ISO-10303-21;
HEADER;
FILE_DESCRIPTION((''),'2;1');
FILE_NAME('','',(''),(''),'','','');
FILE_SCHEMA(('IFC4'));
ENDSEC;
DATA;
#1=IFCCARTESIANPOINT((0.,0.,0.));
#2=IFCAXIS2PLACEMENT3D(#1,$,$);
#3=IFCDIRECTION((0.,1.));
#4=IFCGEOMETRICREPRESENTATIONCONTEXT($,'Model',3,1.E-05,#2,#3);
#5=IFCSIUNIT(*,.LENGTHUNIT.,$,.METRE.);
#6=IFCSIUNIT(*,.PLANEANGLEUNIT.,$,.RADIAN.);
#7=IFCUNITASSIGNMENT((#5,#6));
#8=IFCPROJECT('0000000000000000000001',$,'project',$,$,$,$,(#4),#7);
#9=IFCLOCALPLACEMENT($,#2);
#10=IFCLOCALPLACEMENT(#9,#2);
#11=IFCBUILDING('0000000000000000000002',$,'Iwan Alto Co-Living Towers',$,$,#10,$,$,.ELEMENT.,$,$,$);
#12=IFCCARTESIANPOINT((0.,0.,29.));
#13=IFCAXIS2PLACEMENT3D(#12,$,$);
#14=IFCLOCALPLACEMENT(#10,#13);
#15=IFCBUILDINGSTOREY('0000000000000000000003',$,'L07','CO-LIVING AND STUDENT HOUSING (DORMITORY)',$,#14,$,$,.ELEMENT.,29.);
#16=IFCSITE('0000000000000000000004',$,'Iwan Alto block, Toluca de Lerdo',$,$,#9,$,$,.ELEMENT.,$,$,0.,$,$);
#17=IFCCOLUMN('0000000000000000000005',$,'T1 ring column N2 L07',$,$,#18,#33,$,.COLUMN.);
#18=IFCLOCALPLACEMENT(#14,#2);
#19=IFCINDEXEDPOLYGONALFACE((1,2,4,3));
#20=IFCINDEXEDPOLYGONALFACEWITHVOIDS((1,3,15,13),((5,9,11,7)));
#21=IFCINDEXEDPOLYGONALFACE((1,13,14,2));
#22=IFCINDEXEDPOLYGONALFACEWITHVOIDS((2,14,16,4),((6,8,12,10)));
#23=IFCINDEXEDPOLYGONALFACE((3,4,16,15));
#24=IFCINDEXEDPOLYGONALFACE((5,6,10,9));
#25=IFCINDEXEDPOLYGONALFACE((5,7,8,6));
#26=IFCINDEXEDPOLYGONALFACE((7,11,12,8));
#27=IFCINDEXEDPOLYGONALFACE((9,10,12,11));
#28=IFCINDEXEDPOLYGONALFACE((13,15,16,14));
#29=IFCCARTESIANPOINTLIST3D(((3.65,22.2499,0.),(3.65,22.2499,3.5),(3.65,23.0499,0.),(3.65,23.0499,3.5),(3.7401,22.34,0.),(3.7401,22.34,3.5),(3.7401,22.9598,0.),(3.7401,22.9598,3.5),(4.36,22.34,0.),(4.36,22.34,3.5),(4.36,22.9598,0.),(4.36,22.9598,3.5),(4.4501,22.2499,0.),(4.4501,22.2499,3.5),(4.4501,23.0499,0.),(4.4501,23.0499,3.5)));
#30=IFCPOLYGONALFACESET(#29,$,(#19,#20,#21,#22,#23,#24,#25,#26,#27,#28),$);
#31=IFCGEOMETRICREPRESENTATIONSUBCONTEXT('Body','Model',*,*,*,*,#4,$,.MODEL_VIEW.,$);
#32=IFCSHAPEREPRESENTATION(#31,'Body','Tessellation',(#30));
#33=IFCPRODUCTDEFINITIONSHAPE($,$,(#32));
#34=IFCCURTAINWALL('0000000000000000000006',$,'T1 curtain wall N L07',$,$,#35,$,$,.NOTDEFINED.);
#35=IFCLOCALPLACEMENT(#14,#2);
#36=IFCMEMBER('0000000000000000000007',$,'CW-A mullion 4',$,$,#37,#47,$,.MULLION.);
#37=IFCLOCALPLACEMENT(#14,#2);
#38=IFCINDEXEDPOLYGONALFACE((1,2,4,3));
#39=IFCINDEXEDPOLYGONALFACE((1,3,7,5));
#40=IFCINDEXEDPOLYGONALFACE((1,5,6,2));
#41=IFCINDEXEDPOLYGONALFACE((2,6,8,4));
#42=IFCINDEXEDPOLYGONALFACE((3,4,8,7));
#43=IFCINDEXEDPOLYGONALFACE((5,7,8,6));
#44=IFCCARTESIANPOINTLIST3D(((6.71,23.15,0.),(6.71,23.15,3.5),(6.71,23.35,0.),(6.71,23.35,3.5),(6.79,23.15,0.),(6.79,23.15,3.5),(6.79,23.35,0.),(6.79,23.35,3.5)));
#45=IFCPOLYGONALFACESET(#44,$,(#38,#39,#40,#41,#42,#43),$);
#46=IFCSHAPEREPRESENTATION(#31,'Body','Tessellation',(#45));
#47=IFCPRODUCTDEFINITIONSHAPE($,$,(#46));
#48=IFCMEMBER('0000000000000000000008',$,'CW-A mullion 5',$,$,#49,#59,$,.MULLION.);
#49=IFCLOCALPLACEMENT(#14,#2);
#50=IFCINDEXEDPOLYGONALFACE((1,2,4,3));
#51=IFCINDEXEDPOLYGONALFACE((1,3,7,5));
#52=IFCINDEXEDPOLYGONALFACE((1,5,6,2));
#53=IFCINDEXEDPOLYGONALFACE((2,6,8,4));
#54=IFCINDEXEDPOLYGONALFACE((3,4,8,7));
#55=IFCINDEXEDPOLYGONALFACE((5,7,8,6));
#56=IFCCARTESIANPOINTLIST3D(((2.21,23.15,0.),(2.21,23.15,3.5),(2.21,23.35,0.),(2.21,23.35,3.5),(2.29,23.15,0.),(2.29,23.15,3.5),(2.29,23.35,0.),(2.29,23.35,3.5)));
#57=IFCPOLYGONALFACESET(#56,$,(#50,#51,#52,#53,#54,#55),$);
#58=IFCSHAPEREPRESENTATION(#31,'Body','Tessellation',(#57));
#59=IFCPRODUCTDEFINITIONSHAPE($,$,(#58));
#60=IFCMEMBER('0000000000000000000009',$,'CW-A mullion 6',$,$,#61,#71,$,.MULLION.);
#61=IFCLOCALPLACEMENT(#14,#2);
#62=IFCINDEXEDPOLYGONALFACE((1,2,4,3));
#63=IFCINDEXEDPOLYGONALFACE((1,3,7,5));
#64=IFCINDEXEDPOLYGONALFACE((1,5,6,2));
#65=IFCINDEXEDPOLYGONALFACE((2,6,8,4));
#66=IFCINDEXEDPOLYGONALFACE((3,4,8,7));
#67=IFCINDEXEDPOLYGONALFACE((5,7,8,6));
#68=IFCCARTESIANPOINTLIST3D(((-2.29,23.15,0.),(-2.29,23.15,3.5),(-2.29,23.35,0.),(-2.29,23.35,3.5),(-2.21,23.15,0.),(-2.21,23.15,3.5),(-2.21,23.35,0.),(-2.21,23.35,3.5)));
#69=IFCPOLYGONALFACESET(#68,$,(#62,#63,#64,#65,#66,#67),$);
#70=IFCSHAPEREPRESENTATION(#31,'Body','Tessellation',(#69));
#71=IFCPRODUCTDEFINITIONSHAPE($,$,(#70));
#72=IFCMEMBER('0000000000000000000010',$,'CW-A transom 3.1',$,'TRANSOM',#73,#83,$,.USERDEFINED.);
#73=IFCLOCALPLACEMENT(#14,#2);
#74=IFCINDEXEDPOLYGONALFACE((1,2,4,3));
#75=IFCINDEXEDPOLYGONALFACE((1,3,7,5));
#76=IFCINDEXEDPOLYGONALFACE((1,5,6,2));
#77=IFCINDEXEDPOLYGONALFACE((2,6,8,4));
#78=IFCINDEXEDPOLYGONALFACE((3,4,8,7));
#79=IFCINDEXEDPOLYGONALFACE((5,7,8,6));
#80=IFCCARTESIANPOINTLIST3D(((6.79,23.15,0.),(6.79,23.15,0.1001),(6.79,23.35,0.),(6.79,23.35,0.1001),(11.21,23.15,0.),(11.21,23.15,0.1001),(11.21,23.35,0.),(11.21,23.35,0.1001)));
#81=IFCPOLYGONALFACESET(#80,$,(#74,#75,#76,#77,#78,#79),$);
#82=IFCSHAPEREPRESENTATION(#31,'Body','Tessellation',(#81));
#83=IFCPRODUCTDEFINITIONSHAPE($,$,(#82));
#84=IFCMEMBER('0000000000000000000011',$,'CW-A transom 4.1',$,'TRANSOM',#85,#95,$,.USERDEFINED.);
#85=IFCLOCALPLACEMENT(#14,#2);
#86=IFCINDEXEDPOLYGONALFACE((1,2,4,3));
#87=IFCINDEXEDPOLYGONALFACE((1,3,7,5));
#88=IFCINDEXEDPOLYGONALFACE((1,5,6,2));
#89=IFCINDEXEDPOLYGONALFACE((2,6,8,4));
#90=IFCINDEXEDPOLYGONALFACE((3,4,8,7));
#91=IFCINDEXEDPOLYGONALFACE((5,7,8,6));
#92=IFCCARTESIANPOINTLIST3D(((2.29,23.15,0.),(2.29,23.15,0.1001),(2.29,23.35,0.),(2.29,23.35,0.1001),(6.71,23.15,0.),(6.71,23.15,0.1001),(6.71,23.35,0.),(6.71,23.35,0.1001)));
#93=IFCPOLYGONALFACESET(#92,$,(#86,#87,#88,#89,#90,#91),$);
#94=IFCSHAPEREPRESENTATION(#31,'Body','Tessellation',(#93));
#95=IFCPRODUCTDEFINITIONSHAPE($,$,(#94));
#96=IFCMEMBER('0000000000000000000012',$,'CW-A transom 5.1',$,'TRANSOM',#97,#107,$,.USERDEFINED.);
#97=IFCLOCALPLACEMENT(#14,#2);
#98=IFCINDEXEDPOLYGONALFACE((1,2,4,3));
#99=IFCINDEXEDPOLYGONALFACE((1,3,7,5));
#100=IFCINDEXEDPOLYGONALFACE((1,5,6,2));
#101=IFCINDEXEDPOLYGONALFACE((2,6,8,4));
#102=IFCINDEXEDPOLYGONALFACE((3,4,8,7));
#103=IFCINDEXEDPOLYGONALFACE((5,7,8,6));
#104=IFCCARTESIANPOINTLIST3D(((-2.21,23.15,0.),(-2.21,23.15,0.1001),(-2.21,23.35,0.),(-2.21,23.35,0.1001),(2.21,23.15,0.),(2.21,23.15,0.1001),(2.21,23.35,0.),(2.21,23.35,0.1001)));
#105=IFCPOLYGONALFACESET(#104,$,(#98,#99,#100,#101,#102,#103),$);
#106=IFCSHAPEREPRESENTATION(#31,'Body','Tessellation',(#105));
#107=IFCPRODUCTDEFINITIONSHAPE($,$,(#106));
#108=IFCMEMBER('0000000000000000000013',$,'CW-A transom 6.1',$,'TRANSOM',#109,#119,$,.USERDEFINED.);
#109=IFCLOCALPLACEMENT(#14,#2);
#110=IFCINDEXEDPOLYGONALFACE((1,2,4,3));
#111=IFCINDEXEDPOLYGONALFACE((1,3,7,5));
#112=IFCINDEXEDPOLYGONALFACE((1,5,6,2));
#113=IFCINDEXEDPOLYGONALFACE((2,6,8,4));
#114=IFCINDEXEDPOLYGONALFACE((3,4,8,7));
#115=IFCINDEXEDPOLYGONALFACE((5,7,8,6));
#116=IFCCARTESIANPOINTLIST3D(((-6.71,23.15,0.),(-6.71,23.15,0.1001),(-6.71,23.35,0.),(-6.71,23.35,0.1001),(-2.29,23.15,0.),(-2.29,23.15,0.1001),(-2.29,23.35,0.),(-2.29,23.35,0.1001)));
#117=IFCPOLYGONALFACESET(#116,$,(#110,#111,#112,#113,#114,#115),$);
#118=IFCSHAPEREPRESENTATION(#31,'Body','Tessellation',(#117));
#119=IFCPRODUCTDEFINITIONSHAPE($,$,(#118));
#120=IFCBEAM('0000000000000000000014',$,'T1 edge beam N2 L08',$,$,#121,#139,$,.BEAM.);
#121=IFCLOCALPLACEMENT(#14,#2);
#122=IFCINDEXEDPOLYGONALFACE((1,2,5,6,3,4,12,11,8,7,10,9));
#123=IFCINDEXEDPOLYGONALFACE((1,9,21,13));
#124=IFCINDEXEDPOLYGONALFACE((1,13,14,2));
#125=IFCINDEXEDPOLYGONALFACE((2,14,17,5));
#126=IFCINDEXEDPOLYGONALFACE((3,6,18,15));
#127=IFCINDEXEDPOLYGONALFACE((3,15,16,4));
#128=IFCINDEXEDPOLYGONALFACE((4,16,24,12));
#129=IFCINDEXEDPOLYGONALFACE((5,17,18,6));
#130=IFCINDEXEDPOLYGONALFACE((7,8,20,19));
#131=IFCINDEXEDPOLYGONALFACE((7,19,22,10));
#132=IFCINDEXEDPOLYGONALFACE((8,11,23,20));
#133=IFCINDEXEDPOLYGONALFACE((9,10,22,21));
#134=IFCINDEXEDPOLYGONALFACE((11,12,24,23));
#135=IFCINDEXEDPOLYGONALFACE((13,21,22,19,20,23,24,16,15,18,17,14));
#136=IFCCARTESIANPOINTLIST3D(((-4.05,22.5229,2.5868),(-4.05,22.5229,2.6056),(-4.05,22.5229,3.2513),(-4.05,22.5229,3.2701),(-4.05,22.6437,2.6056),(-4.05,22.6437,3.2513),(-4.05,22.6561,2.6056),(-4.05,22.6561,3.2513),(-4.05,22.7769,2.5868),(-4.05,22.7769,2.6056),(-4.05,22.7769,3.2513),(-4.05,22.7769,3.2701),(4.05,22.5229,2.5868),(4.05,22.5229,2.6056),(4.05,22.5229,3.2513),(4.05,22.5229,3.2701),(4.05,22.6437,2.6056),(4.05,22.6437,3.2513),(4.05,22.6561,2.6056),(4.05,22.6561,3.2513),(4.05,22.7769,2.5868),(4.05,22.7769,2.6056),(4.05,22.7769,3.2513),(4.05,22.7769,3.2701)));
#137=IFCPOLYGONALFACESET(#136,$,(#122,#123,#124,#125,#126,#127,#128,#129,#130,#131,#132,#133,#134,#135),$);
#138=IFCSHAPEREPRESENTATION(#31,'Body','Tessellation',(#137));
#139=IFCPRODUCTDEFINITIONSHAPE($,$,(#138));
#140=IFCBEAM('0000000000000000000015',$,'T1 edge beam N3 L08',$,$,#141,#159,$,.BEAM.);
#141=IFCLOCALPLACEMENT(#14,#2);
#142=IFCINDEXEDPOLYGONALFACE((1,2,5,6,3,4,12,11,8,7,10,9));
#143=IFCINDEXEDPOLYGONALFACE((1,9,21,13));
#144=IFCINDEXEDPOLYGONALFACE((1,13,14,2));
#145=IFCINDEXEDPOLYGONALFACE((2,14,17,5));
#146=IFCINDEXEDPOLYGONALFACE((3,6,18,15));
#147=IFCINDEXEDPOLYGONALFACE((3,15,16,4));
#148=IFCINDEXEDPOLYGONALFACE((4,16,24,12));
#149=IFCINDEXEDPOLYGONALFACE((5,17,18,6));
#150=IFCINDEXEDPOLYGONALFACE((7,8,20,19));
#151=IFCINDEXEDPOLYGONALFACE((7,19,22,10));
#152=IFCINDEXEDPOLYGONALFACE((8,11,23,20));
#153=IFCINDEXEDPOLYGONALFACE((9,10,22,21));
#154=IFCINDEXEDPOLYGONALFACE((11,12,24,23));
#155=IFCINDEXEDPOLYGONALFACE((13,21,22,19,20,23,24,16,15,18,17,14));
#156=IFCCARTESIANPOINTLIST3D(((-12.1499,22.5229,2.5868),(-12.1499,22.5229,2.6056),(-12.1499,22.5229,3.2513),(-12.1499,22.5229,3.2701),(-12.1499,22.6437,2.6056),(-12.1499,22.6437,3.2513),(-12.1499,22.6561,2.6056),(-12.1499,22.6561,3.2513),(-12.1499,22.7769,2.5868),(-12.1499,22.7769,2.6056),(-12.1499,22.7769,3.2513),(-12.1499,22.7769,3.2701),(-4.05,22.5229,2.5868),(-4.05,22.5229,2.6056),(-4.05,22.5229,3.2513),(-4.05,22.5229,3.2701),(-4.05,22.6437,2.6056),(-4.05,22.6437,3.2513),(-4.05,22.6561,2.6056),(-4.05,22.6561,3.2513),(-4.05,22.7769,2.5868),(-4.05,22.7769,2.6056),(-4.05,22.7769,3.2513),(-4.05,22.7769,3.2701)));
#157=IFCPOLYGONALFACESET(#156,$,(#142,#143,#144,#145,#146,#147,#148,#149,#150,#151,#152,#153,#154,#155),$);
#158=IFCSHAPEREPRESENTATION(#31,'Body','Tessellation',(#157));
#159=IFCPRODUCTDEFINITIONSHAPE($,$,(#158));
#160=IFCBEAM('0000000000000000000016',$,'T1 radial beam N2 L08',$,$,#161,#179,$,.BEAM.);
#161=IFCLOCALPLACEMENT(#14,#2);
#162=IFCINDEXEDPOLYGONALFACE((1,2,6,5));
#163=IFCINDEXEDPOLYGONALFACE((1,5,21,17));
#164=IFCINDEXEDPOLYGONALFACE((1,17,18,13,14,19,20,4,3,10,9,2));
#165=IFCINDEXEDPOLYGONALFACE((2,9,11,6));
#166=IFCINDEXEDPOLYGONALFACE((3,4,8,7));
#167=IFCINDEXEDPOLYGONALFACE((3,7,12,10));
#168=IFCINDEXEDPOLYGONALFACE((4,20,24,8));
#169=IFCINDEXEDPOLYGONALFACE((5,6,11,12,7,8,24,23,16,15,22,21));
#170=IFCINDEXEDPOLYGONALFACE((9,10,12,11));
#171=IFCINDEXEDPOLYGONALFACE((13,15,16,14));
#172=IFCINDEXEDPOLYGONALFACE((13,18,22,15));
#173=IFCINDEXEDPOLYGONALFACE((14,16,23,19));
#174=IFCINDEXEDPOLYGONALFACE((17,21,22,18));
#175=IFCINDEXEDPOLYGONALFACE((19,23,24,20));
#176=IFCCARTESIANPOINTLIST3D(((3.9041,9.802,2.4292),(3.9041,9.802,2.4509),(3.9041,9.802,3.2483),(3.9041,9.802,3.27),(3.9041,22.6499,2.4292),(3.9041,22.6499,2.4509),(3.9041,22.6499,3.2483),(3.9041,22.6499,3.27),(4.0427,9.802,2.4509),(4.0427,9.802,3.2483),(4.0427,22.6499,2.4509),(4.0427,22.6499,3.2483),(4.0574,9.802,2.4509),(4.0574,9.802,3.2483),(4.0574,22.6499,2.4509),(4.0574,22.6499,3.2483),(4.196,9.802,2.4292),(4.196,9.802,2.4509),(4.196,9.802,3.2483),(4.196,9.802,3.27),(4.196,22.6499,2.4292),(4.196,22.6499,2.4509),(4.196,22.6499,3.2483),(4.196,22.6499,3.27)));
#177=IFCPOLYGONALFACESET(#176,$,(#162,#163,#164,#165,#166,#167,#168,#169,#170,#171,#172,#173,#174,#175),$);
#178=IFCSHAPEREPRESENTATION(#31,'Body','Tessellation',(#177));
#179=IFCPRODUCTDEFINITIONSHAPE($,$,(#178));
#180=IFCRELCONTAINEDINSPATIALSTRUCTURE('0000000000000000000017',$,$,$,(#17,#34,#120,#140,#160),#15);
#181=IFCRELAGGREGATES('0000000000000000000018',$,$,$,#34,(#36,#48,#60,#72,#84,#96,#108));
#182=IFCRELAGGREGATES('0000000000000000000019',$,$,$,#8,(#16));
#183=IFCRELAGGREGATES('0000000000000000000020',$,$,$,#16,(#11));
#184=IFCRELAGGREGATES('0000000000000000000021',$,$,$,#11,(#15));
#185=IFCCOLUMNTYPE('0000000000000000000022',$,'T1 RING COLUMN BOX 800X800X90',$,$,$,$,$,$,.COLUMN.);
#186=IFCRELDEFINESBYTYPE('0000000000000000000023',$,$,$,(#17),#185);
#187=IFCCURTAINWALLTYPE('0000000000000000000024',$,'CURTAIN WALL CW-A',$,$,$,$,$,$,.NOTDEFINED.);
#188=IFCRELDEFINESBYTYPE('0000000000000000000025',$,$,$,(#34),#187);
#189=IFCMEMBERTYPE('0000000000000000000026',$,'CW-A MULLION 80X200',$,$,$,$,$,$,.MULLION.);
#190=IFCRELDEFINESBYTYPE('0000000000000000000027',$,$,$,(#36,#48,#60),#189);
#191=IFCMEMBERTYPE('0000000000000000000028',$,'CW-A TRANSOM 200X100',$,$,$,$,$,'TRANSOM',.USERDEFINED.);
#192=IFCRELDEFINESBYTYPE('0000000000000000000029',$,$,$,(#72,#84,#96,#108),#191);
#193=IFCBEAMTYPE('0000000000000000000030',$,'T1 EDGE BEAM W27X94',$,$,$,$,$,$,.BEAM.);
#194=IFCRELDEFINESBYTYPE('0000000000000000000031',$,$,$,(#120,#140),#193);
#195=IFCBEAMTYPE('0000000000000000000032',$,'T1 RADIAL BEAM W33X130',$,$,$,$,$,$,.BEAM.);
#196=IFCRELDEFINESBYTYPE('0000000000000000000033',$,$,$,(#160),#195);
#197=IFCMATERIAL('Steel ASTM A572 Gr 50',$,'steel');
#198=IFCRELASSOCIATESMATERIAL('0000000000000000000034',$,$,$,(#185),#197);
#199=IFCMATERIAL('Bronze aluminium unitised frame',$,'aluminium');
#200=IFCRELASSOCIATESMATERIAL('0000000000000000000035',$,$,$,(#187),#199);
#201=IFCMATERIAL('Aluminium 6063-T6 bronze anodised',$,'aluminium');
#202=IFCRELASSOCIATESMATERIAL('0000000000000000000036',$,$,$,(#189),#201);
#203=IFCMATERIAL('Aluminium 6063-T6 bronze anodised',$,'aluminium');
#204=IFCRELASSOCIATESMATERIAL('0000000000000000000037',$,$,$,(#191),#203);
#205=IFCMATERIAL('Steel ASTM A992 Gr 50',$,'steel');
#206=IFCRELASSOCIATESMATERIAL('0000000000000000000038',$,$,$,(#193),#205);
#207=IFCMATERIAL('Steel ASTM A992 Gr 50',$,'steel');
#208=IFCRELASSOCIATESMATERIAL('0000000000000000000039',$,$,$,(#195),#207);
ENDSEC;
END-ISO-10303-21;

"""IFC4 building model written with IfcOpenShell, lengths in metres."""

from ifc_helpers import new_model, si_unit, direction, frame, origin, origin_2d, place, context, subcontext, project, spatial, rectangle, hollow_rectangle, i_section, extrude, material, material_profile, profile_set, type_object, element, aggregate, save


model = new_model("IFC4")

# Units and contexts
model_context = context("Model", 3, precision=1e-05, world=origin(), true_north=direction((0.0, 1.0)))
body_context = subcontext(model_context, "Body", "Model", "MODEL_VIEW")
ifc_project = project(units=[si_unit("LENGTHUNIT", "METRE"), si_unit("PLANEANGLEUNIT", "RADIAN")], contexts=[model_context])

# Site, building, storey
site_placement = place(None, origin())
site = spatial("IfcSite", under=ifc_project, at=site_placement, Name="Iwan Alto block, Toluca de Lerdo", CompositionType="ELEMENT", RefElevation=0.0)
building_placement = place(site_placement, origin())
building = spatial("IfcBuilding", under=site, at=building_placement, Name="Iwan Alto Co-Living Towers", CompositionType="ELEMENT")
storey_placement = place(building_placement, frame((0.0, 0.0, 29.0)))
storey = spatial("IfcBuildingStorey", under=building, at=storey_placement, Name="L07", Description="CO-LIVING AND STUDENT HOUSING (DORMITORY)", CompositionType="ELEMENT", Elevation=29.0)

# Column
ifc_material_1 = material(Name="Steel ASTM A572 Gr 50", Category="steel")
ifc_material_profile_1 = material_profile(ifc_material_1, hollow_rectangle(XDim=0.8, YDim=0.8, WallThickness=0.0901, at=origin_2d()), Name="BOX 800X800X90")
ifc_profile_set_1 = profile_set([ifc_material_profile_1], Name="Steel ASTM A572 Gr 50")
column_type = type_object("IfcColumnType", Name="T1 RING COLUMN BOX 800X800X90", PredefinedType="COLUMN", material=ifc_profile_set_1)
column_placement = place(storey_placement, frame((4.05, 22.6499, 0.0), z_axis=(0.0, 0.0, 1.0), x_axis=(1.0, 0.0, 0.0)))
element("IfcColumn", 1, at=column_placement, inside=storey, type_object=column_type, Name="T1 ring column N2 L07", PredefinedType="COLUMN", context=body_context, shape_type="SweptSolid", body=[
    extrude(hollow_rectangle(XDim=0.8, YDim=0.8, WallThickness=0.0901, at=origin_2d()), origin(), (0.0, 0.0, 1.0), 3.5),
])

# Curtain wall, members
ifc_material_2 = material(Name="Bronze aluminium unitised frame", Category="aluminium")
curtain_wall_type = type_object("IfcCurtainWallType", Name="CURTAIN WALL CW-A", PredefinedType="NOTDEFINED", material=ifc_material_2)
curtain_wall_placement = place(storey_placement, origin())
curtain_wall = element("IfcCurtainWall", 2, at=curtain_wall_placement, inside=storey, type_object=curtain_wall_type, Name="T1 curtain wall N L07", PredefinedType="NOTDEFINED")
ifc_material_3 = material(Name="Aluminium 6063-T6 bronze anodised", Category="aluminium")
ifc_material_profile_2 = material_profile(ifc_material_3, rectangle(XDim=0.2, YDim=0.0801, at=origin_2d()), Name="AL 80X200")
ifc_profile_set_2 = profile_set([ifc_material_profile_2], Name="Aluminium 6063-T6 bronze anodised")
member_type_1 = type_object("IfcMemberType", Name="CW-A MULLION 80X200", PredefinedType="MULLION", material=ifc_profile_set_2)
member_1_placement = place(storey_placement, frame((6.75, 23.25, 0.0), z_axis=(0.0, 0.0, 1.0), x_axis=(0.0, -1.0, 0.0)))
member_1 = element("IfcMember", 3, at=member_1_placement, type_object=member_type_1, Name="CW-A mullion 4", PredefinedType="MULLION", context=body_context, shape_type="SweptSolid", body=[
    extrude(rectangle(XDim=0.2, YDim=0.0801, at=origin_2d()), origin(), (0.0, 0.0, 1.0), 3.5),
])
member_2_placement = place(storey_placement, frame((2.25, 23.25, 0.0), z_axis=(0.0, 0.0, 1.0), x_axis=(0.0, -1.0, 0.0)))
member_2 = element("IfcMember", 4, at=member_2_placement, type_object=member_type_1, Name="CW-A mullion 5", PredefinedType="MULLION", context=body_context, shape_type="SweptSolid", body=[
    extrude(rectangle(XDim=0.2, YDim=0.0801, at=origin_2d()), origin(), (0.0, 0.0, 1.0), 3.5),
])
member_3_placement = place(storey_placement, frame((-2.25, 23.25, 0.0), z_axis=(0.0, 0.0, 1.0), x_axis=(0.0, -1.0, 0.0)))
member_3 = element("IfcMember", 5, at=member_3_placement, type_object=member_type_1, Name="CW-A mullion 6", PredefinedType="MULLION", context=body_context, shape_type="SweptSolid", body=[
    extrude(rectangle(XDim=0.2, YDim=0.0801, at=origin_2d()), origin(), (0.0, 0.0, 1.0), 3.5),
])
ifc_material_4 = material(Name="Aluminium 6063-T6 bronze anodised", Category="aluminium")
ifc_material_profile_3 = material_profile(ifc_material_4, rectangle(XDim=0.2, YDim=0.1001, at=origin_2d()), Name="AL 200X100")
ifc_profile_set_3 = profile_set([ifc_material_profile_3], Name="Aluminium 6063-T6 bronze anodised")
member_type_2 = type_object("IfcMemberType", Name="CW-A TRANSOM 200X100", ElementType="TRANSOM", PredefinedType="USERDEFINED", material=ifc_profile_set_3)
member_4_placement = place(storey_placement, frame((11.21, 23.25, 0.05), z_axis=(-1.0, 0.0, 0.0), x_axis=(0.0, -1.0, 0.0)))
member_4 = element("IfcMember", 6, at=member_4_placement, type_object=member_type_2, Name="CW-A transom 3.1", ObjectType="TRANSOM", PredefinedType="USERDEFINED", context=body_context, shape_type="SweptSolid", body=[
    extrude(rectangle(XDim=0.2, YDim=0.1001, at=origin_2d()), origin(), (0.0, 0.0, 1.0), 4.4199),
])
member_5_placement = place(storey_placement, frame((6.71, 23.25, 0.05), z_axis=(-1.0, 0.0, 0.0), x_axis=(0.0, -1.0, 0.0)))
member_5 = element("IfcMember", 7, at=member_5_placement, type_object=member_type_2, Name="CW-A transom 4.1", ObjectType="TRANSOM", PredefinedType="USERDEFINED", context=body_context, shape_type="SweptSolid", body=[
    extrude(rectangle(XDim=0.2, YDim=0.1001, at=origin_2d()), origin(), (0.0, 0.0, 1.0), 4.4199),
])
member_6_placement = place(storey_placement, frame((2.21, 23.25, 0.05), z_axis=(-1.0, 0.0, 0.0), x_axis=(0.0, -1.0, 0.0)))
member_6 = element("IfcMember", 8, at=member_6_placement, type_object=member_type_2, Name="CW-A transom 5.1", ObjectType="TRANSOM", PredefinedType="USERDEFINED", context=body_context, shape_type="SweptSolid", body=[
    extrude(rectangle(XDim=0.2, YDim=0.1001, at=origin_2d()), origin(), (0.0, 0.0, 1.0), 4.4199),
])
member_7_placement = place(storey_placement, frame((-2.29, 23.25, 0.05), z_axis=(-1.0, 0.0, 0.0), x_axis=(0.0, -1.0, 0.0)))
member_7 = element("IfcMember", 9, at=member_7_placement, type_object=member_type_2, Name="CW-A transom 6.1", ObjectType="TRANSOM", PredefinedType="USERDEFINED", context=body_context, shape_type="SweptSolid", body=[
    extrude(rectangle(XDim=0.2, YDim=0.1001, at=origin_2d()), origin(), (0.0, 0.0, 1.0), 4.4199),
])

# Beams
ifc_material_5 = material(Name="Steel ASTM A992 Gr 50", Category="steel")
ifc_material_profile_4 = material_profile(ifc_material_5, i_section(OverallWidth=0.2539, OverallDepth=0.6833, WebThickness=0.0125, FlangeThickness=0.0188, at=origin_2d()), Name="W27X94")
ifc_profile_set_4 = profile_set([ifc_material_profile_4], Name="Steel ASTM A992 Gr 50")
beam_type_1 = type_object("IfcBeamType", Name="T1 EDGE BEAM W27X94", PredefinedType="BEAM", material=ifc_profile_set_4)
beam_1_placement = place(storey_placement, frame((4.05, 22.6499, 2.9285), z_axis=(-1.0, 0.0, 0.0), x_axis=(0.0, -1.0, 0.0)))
element("IfcBeam", 10, at=beam_1_placement, inside=storey, type_object=beam_type_1, Name="T1 edge beam N2 L08", PredefinedType="BEAM", context=body_context, shape_type="SweptSolid", body=[
    extrude(i_section(OverallWidth=0.2539, OverallDepth=0.6833, WebThickness=0.0125, FlangeThickness=0.0188, at=origin_2d()), origin(), (0.0, 0.0, 1.0), 8.1001),
])
beam_2_placement = place(storey_placement, frame((-4.05, 22.6499, 2.9285), z_axis=(-1.0, 0.0, 0.0), x_axis=(0.0, -1.0, 0.0)))
element("IfcBeam", 11, at=beam_2_placement, inside=storey, type_object=beam_type_1, Name="T1 edge beam N3 L08", PredefinedType="BEAM", context=body_context, shape_type="SweptSolid", body=[
    extrude(i_section(OverallWidth=0.2539, OverallDepth=0.6833, WebThickness=0.0125, FlangeThickness=0.0188, at=origin_2d()), origin(), (0.0, 0.0, 1.0), 8.0999),
])
ifc_material_6 = material(Name="Steel ASTM A992 Gr 50", Category="steel")
ifc_material_profile_5 = material_profile(ifc_material_6, i_section(OverallWidth=0.292, OverallDepth=0.8408, WebThickness=0.0146, FlangeThickness=0.0217, at=origin_2d()), Name="W33X130")
ifc_profile_set_5 = profile_set([ifc_material_profile_5], Name="Steel ASTM A992 Gr 50")
beam_type_2 = type_object("IfcBeamType", Name="T1 RADIAL BEAM W33X130", PredefinedType="BEAM", material=ifc_profile_set_5)
for number, where, z_axis, x_axis, name in (
    (12, (4.05, 22.6499, 2.8496), (0.0, -1.0, 0.0), (1.0, 0.0, 0.0), "T1 radial beam N2 L08"),
):
    element("IfcBeam", number, at=place(storey_placement, frame(where, z_axis=z_axis, x_axis=x_axis)), inside=storey, type_object=beam_type_2, Name=name, PredefinedType="BEAM", context=body_context, shape_type="SweptSolid", body=[
        extrude(i_section(OverallWidth=0.292, OverallDepth=0.8408, WebThickness=0.0146, FlangeThickness=0.0217, at=origin_2d()), origin(), (0.0, 0.0, 1.0), 12.8479),
    ])

aggregate(curtain_wall, [member_1, member_2, member_3, member_4, member_5, member_6, member_7])

save(model, "model.ifc")
